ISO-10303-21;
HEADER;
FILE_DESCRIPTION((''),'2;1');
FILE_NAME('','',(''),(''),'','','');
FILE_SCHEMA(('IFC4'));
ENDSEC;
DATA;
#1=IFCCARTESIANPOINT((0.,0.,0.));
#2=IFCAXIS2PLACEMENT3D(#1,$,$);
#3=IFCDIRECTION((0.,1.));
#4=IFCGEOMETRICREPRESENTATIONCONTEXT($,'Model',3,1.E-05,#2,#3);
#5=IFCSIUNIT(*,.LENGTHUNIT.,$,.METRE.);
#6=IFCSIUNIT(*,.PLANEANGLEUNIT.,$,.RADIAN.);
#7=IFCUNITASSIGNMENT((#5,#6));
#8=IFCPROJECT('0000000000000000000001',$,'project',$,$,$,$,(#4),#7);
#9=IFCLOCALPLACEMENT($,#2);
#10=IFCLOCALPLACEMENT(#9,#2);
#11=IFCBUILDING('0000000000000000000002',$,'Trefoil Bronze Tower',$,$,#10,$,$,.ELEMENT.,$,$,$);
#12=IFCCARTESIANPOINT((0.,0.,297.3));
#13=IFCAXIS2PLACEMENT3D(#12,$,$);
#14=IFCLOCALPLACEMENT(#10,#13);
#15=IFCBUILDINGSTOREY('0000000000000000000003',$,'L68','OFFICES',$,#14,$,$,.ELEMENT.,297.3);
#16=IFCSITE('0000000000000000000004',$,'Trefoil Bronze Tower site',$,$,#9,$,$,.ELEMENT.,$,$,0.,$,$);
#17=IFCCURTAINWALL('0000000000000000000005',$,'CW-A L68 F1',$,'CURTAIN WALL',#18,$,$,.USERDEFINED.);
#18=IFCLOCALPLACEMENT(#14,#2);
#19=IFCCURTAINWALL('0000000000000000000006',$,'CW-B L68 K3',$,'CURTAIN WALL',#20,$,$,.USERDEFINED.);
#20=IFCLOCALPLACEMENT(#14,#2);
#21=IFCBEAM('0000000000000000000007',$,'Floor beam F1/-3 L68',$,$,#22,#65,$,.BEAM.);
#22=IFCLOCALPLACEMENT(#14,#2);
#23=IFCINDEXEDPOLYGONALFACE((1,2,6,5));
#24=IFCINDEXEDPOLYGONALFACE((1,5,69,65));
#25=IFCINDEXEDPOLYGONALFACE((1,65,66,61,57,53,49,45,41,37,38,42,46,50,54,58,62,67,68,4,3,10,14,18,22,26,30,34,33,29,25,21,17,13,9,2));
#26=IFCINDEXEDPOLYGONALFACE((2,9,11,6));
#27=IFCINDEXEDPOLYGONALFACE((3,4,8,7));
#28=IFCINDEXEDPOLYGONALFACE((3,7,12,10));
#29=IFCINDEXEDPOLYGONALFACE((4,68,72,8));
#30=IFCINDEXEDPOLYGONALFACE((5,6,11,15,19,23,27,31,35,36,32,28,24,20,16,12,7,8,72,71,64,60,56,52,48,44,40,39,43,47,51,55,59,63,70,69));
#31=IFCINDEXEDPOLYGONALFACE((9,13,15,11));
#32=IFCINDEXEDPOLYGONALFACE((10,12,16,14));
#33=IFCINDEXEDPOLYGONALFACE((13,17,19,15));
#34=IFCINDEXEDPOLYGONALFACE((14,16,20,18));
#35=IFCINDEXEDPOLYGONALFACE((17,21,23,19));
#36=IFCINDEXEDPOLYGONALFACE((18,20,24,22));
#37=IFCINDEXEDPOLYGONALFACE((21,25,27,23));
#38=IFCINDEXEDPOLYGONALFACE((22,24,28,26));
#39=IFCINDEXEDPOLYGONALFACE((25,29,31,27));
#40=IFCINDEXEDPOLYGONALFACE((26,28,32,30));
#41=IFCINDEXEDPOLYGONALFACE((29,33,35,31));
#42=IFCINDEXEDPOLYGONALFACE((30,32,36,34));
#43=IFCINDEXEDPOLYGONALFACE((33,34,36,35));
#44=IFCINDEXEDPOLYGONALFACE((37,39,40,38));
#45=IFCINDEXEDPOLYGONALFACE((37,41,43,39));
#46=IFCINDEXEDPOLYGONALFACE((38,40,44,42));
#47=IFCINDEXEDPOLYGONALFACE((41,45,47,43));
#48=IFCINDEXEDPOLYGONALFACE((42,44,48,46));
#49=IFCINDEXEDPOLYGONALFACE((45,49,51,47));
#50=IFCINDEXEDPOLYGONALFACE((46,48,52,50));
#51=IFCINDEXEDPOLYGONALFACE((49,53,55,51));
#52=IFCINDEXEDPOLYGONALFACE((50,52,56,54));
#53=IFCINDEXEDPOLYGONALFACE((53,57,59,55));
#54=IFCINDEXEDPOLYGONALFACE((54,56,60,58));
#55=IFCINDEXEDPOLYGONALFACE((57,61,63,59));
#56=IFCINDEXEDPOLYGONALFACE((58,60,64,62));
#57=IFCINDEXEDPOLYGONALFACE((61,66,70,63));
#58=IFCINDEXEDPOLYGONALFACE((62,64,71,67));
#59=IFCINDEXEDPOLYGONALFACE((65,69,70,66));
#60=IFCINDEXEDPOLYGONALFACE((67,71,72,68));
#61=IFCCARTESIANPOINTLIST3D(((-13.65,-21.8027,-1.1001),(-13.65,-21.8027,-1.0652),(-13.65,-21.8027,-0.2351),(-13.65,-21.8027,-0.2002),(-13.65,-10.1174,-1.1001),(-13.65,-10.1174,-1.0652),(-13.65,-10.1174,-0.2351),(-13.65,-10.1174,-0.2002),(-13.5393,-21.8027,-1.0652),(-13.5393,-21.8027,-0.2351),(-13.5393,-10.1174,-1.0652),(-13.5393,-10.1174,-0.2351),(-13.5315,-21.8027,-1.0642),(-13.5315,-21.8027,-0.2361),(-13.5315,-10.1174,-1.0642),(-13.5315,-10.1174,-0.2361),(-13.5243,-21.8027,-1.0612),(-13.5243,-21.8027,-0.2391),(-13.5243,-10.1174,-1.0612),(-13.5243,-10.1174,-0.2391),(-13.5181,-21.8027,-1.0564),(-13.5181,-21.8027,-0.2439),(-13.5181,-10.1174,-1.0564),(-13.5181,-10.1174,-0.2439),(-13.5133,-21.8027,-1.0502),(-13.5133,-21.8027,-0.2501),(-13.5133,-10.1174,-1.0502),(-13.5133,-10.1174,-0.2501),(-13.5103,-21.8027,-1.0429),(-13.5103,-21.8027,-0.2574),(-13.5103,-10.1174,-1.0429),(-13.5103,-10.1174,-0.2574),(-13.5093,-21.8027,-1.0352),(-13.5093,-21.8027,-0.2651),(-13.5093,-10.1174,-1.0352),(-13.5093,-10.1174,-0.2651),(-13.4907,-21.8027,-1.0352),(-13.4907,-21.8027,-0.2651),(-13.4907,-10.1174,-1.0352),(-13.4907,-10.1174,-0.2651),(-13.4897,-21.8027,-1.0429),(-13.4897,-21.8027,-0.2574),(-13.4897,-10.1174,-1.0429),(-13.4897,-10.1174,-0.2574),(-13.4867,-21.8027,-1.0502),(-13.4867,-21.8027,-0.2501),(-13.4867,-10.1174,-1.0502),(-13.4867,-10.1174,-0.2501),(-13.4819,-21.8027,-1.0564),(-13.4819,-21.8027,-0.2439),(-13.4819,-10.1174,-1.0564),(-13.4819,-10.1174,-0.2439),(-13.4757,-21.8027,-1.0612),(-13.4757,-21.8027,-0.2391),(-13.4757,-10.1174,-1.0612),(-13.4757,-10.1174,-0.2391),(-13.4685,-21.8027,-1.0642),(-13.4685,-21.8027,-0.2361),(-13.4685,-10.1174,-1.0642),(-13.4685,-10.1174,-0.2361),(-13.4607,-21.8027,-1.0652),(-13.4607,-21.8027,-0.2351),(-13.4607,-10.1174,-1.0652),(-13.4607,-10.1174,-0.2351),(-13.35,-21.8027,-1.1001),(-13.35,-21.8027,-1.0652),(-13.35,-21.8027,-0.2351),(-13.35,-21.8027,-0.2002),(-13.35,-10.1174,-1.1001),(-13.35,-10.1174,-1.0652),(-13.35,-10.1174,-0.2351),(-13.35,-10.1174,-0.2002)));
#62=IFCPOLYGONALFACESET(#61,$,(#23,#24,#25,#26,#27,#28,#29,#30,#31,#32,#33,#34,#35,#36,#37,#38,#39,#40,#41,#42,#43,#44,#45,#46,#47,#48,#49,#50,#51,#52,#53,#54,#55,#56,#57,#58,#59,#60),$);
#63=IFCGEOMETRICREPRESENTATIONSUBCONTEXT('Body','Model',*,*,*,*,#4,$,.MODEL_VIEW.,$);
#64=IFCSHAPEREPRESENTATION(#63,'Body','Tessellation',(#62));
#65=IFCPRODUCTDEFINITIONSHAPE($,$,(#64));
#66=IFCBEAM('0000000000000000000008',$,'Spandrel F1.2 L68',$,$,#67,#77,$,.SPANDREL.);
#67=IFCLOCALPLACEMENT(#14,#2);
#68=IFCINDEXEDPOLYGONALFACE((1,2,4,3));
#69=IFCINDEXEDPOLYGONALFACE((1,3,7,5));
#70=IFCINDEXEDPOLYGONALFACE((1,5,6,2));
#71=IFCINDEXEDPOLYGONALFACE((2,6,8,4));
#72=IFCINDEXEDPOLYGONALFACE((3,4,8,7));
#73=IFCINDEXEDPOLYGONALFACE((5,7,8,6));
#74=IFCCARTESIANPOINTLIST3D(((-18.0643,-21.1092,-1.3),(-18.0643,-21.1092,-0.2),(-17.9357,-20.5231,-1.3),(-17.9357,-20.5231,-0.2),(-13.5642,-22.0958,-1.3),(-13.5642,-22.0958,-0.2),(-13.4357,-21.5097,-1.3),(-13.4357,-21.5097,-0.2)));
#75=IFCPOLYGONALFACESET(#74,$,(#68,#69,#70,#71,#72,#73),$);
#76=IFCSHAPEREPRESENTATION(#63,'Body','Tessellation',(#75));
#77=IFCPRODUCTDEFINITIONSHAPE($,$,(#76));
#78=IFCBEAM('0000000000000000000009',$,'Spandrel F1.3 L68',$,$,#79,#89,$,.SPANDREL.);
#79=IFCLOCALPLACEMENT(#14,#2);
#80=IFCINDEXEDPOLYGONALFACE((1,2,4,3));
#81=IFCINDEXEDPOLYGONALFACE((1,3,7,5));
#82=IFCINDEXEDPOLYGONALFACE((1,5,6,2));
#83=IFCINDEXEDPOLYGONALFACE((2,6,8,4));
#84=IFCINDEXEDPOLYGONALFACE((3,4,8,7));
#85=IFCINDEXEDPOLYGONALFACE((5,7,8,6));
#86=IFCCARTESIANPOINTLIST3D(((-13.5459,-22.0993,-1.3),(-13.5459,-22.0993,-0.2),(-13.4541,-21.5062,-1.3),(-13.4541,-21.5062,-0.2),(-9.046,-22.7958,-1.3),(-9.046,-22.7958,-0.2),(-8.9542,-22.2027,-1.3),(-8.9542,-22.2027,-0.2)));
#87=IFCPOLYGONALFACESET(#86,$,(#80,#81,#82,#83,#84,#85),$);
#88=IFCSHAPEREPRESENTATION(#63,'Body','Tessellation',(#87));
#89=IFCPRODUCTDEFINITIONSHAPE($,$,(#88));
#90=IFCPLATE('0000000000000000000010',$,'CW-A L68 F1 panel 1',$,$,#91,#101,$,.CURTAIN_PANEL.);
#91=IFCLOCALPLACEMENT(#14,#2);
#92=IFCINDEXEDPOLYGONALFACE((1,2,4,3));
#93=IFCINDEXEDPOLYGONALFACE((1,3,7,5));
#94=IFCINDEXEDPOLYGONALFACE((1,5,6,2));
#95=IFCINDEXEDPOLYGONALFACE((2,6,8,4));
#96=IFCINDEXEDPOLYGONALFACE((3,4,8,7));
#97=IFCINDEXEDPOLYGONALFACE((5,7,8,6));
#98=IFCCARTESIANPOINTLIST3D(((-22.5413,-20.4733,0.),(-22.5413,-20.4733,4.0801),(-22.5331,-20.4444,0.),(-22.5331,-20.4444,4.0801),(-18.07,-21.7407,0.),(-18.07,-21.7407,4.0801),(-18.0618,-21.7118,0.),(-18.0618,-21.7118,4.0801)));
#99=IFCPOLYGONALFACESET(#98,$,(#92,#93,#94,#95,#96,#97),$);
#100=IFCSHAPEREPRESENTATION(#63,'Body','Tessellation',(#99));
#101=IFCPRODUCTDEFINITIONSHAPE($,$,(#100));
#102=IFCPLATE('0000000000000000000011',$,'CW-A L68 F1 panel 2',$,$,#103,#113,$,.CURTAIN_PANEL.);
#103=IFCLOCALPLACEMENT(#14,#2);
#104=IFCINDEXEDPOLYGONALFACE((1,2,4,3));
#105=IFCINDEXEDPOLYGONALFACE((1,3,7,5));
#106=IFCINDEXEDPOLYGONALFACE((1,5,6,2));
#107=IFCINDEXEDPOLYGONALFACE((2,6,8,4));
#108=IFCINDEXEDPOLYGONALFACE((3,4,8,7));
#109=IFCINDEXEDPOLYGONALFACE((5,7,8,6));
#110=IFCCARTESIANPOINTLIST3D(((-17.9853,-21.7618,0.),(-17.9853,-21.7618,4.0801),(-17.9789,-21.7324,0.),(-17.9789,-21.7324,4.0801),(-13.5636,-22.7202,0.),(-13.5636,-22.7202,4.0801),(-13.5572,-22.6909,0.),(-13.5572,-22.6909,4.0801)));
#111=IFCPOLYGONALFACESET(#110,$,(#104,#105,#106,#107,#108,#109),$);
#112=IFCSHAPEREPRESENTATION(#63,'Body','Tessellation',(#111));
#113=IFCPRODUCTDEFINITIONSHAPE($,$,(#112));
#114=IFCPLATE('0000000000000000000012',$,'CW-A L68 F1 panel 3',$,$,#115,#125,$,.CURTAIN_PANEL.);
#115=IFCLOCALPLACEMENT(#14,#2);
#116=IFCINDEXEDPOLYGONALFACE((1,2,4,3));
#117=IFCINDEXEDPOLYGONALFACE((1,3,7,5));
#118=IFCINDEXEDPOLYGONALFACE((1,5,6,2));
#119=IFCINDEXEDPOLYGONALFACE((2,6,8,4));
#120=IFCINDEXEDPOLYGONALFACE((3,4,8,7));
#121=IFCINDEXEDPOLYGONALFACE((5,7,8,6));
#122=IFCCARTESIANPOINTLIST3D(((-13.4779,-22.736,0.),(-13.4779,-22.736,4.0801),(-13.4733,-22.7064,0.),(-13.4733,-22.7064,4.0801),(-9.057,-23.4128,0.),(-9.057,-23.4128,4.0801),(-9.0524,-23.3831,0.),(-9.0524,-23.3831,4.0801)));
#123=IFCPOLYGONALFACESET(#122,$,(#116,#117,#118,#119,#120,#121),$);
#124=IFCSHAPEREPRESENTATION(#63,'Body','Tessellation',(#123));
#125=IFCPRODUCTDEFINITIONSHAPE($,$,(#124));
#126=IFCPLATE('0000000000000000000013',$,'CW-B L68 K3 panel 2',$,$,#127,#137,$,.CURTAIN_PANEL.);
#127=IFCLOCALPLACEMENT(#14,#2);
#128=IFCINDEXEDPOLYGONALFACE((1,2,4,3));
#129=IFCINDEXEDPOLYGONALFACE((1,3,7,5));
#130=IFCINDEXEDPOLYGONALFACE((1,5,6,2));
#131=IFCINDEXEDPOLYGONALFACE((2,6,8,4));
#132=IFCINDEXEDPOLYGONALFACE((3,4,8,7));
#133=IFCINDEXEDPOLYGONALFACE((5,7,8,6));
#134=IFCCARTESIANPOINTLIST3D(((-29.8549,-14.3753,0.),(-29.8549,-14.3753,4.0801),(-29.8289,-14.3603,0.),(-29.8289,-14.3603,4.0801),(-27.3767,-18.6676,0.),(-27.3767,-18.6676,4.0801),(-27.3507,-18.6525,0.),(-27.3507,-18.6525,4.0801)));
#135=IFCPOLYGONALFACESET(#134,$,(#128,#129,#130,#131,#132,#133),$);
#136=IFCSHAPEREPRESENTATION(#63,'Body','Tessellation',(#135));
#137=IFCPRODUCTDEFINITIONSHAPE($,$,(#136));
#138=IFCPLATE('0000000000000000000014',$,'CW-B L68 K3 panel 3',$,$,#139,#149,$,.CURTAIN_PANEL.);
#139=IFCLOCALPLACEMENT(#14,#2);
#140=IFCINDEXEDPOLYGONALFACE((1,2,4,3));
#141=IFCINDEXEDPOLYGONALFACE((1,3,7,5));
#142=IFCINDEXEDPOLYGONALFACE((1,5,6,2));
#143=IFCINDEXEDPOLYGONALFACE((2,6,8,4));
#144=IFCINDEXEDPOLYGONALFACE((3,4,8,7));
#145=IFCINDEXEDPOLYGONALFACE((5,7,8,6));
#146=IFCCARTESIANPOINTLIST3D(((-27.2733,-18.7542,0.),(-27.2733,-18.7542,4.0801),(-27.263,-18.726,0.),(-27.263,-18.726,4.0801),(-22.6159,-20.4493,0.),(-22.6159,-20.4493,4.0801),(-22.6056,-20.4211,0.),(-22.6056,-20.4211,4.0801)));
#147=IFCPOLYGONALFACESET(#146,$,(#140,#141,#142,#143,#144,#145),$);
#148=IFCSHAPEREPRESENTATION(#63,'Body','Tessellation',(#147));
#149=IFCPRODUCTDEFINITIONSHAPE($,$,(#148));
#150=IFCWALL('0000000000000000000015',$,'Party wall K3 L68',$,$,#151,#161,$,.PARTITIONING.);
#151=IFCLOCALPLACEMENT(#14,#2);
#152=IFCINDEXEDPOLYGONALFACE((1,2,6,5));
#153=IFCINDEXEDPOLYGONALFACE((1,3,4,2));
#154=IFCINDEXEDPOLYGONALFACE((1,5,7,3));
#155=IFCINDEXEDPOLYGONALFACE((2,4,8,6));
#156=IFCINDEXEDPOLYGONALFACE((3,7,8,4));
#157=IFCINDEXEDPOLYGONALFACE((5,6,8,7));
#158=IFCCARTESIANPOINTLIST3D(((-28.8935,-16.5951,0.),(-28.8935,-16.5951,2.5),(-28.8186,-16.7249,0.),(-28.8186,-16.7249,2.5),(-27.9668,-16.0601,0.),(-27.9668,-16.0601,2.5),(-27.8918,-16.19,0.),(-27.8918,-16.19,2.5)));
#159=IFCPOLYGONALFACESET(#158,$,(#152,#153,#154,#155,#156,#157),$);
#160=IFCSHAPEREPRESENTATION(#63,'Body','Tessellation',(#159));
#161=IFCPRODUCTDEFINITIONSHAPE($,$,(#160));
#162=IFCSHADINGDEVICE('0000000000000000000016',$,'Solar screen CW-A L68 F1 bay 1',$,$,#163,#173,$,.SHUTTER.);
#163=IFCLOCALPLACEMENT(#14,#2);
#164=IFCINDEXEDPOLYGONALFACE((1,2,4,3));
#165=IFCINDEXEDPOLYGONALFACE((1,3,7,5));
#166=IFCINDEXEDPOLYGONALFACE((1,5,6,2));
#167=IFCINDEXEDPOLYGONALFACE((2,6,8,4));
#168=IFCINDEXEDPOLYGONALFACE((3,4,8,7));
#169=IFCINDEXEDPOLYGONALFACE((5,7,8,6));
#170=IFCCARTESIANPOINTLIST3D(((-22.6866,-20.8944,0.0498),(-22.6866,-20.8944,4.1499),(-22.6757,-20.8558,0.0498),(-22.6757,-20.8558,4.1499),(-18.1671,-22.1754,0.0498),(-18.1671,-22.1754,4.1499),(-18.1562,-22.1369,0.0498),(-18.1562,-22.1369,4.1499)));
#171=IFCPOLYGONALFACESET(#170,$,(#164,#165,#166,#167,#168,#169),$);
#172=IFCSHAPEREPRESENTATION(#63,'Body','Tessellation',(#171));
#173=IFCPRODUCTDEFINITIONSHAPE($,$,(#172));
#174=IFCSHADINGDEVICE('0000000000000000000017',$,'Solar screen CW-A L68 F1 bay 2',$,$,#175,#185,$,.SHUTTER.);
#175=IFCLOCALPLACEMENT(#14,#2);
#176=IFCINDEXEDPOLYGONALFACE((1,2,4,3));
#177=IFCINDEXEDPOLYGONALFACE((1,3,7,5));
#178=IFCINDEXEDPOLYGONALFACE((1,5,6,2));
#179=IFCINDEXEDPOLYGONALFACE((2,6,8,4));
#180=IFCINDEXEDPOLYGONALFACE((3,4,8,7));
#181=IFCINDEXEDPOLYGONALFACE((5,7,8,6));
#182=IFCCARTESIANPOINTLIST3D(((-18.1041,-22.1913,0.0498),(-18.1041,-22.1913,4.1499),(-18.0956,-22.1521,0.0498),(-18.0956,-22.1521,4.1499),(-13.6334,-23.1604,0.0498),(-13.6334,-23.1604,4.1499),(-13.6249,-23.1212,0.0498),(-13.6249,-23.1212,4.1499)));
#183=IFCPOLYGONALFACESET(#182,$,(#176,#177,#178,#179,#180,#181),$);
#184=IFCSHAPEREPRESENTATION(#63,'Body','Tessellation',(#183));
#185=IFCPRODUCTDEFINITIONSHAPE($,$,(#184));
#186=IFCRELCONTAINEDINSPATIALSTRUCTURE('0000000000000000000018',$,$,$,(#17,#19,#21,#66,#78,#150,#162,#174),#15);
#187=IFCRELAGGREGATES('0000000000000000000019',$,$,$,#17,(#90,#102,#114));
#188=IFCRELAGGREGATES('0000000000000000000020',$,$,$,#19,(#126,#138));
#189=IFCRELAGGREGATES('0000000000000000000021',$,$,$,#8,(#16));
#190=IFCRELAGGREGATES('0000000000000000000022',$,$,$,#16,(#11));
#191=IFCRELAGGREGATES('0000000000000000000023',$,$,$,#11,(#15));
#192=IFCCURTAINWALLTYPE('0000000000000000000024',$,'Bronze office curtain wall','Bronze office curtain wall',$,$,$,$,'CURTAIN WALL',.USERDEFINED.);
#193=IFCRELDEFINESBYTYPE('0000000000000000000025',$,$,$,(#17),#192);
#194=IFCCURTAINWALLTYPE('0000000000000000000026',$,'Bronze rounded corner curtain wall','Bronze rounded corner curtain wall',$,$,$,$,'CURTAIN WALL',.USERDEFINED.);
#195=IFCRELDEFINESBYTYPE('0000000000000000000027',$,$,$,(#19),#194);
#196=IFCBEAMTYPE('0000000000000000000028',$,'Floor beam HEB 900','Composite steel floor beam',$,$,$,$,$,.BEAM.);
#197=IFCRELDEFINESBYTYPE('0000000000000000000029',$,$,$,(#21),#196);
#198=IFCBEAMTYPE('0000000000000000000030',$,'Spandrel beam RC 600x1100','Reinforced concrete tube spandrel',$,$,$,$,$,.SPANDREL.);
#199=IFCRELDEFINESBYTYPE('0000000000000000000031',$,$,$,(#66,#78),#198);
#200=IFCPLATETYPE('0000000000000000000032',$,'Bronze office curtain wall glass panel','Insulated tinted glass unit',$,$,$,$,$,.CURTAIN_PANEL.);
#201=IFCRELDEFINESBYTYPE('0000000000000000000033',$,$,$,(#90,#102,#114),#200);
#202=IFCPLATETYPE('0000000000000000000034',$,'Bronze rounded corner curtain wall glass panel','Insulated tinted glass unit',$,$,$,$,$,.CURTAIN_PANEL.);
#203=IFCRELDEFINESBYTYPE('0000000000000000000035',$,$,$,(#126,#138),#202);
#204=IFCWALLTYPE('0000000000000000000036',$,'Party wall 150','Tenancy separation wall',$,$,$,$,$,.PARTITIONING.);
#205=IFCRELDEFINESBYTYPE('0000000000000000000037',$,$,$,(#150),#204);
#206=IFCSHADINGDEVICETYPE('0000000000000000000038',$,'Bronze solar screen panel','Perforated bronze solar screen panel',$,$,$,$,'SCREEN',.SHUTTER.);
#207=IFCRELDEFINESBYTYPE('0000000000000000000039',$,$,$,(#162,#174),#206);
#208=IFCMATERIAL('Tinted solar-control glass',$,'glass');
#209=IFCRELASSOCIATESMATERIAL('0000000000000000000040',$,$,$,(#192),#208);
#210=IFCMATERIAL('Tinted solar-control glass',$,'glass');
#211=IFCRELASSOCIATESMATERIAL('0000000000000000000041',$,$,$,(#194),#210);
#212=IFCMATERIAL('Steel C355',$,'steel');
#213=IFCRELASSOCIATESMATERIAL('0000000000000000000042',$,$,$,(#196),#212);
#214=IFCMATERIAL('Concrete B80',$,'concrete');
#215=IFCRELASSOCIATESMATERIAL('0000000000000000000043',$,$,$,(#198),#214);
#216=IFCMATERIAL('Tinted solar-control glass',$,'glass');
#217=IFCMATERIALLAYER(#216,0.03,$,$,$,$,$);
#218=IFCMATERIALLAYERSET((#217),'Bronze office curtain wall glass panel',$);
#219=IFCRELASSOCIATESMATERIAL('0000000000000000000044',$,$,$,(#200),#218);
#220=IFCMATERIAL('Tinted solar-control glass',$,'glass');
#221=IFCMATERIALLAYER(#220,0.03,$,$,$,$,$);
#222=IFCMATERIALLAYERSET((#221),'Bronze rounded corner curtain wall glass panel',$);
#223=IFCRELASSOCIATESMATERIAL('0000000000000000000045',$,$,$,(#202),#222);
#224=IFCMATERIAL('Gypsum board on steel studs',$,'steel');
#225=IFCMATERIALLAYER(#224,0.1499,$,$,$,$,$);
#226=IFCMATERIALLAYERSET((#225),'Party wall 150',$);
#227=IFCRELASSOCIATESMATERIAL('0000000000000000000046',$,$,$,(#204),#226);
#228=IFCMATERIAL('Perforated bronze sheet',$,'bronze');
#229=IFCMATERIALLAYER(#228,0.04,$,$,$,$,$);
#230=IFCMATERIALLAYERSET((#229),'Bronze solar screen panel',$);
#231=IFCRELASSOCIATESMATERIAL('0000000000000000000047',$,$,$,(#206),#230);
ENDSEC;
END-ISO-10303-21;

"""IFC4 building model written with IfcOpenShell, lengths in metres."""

from ifc_helpers import new_model, si_unit, direction, frame, frame_2d, origin, origin_2d, place, context, subcontext, project, spatial, rectangle, i_section, extrude, material, layer, layer_set, material_profile, profile_set, type_object, element, aggregate, save


model = new_model("IFC4")

# Units and contexts
model_context = context("Model", 3, precision=1e-05, world=origin(), true_north=direction((0.0, 1.0)))
body_context = subcontext(model_context, "Body", "Model", "MODEL_VIEW")
ifc_project = project(units=[si_unit("LENGTHUNIT", "METRE"), si_unit("PLANEANGLEUNIT", "RADIAN")], contexts=[model_context])

# Site, building, storey
site_placement = place(None, origin())
site = spatial("IfcSite", under=ifc_project, at=site_placement, Name="Trefoil Bronze Tower site", CompositionType="ELEMENT", RefElevation=0.0)
building_placement = place(site_placement, origin())
building = spatial("IfcBuilding", under=site, at=building_placement, Name="Trefoil Bronze Tower", CompositionType="ELEMENT")
storey_placement = place(building_placement, frame((0.0, 0.0, 297.3)))
storey = spatial("IfcBuildingStorey", under=building, at=storey_placement, Name="L68", Description="OFFICES", CompositionType="ELEMENT", Elevation=297.3)

# Curtain walls
ifc_material_1 = material(Name="Tinted solar-control glass", Category="glass")
curtain_wall_type_1 = type_object("IfcCurtainWallType", Name="Bronze office curtain wall", Description="Bronze office curtain wall", ElementType="CURTAIN WALL", PredefinedType="USERDEFINED", material=ifc_material_1)
curtain_wall_1_placement = place(storey_placement, origin())
curtain_wall_1 = element("IfcCurtainWall", 1, at=curtain_wall_1_placement, inside=storey, type_object=curtain_wall_type_1, Name="CW-A L68 F1", ObjectType="CURTAIN WALL", PredefinedType="USERDEFINED")
ifc_material_2 = material(Name="Tinted solar-control glass", Category="glass")
curtain_wall_type_2 = type_object("IfcCurtainWallType", Name="Bronze rounded corner curtain wall", Description="Bronze rounded corner curtain wall", ElementType="CURTAIN WALL", PredefinedType="USERDEFINED", material=ifc_material_2)
curtain_wall_2_placement = place(storey_placement, origin())
curtain_wall_2 = element("IfcCurtainWall", 2, at=curtain_wall_2_placement, inside=storey, type_object=curtain_wall_type_2, Name="CW-B L68 K3", ObjectType="CURTAIN WALL", PredefinedType="USERDEFINED")

# Beams
ifc_material_3 = material(Name="Steel C355", Category="steel")
ifc_material_profile_1 = material_profile(ifc_material_3, i_section(OverallWidth=0.3, OverallDepth=0.8999, WebThickness=0.0186, FlangeThickness=0.0349, FilletRadius=0.03, at=origin_2d()), Name="HEB 900")
ifc_profile_set_1 = profile_set([ifc_material_profile_1], Name="Steel C355")
beam_type_1 = type_object("IfcBeamType", Name="Floor beam HEB 900", Description="Composite steel floor beam", PredefinedType="BEAM", material=ifc_profile_set_1)
beam_1_placement = place(storey_placement, frame((-13.5, -21.8027, -0.6501), z_axis=(0.0, 1.0, 0.0), x_axis=(-1.0, 0.0, 0.0)))
element("IfcBeam", 3, at=beam_1_placement, inside=storey, type_object=beam_type_1, Name="Floor beam F1/-3 L68", PredefinedType="BEAM", context=body_context, shape_type="SweptSolid", body=[
    extrude(i_section(OverallWidth=0.3, OverallDepth=0.8999, WebThickness=0.0186, FlangeThickness=0.0349, FilletRadius=0.03, at=origin_2d()), origin(), (0.0, 0.0, 1.0), 11.6853),
])
ifc_material_4 = material(Name="Concrete B80", Category="concrete")
ifc_material_profile_2 = material_profile(ifc_material_4, rectangle(XDim=0.6001, YDim=1.1001, at=origin_2d()), Name="RC 600x1100")
ifc_profile_set_2 = profile_set([ifc_material_profile_2], Name="Concrete B80")
beam_type_2 = type_object("IfcBeamType", Name="Spandrel beam RC 600x1100", Description="Reinforced concrete tube spandrel", PredefinedType="SPANDREL", material=ifc_profile_set_2)
beam_2_placement = place(storey_placement, frame((-18.0, -20.8162, -0.75), z_axis=(0.9768, -0.214152, 0.0), x_axis=(0.214152, 0.9768, 0.0)))
element("IfcBeam", 4, at=beam_2_placement, inside=storey, type_object=beam_type_2, Name="Spandrel F1.2 L68", PredefinedType="SPANDREL", context=body_context, shape_type="SweptSolid", body=[
    extrude(rectangle(XDim=0.6001, YDim=1.1001, at=origin_2d()), origin(), (0.0, 0.0, 1.0), 4.6069),
])
beam_3_placement = place(storey_placement, frame((-13.5, -21.8027, -0.75), z_axis=(0.988232, -0.152964, 0.0), x_axis=(0.152964, 0.988232, 0.0)))
element("IfcBeam", 5, at=beam_3_placement, inside=storey, type_object=beam_type_2, Name="Spandrel F1.3 L68", PredefinedType="SPANDREL", context=body_context, shape_type="SweptSolid", body=[
    extrude(rectangle(XDim=0.6001, YDim=1.1001, at=origin_2d()), origin(), (0.0, 0.0, 1.0), 4.5535),
])

# Plates
ifc_material_5 = material(Name="Tinted solar-control glass", Category="glass")
ifc_layer_1 = layer(ifc_material_5, 0.03)
ifc_layer_set_1 = layer_set([ifc_layer_1], Name="Bronze office curtain wall glass panel")
plate_type_1 = type_object("IfcPlateType", Name="Bronze office curtain wall glass panel", Description="Insulated tinted glass unit", PredefinedType="CURTAIN_PANEL", material=ifc_layer_set_1)
plate_1_placement = place(storey_placement, frame((-20.3015, -21.0925, 0.0), z_axis=(0.0, 0.0, 1.0), x_axis=(0.962098, -0.272705, 0.0)))
plate_1 = element("IfcPlate", 6, at=plate_1_placement, type_object=plate_type_1, Name="CW-A L68 F1 panel 1", PredefinedType="CURTAIN_PANEL", context=body_context, shape_type="SweptSolid", body=[
    extrude(rectangle(XDim=4.6475, YDim=0.03, at=origin_2d()), origin(), (0.0, 0.0, 1.0), 4.0801),
])
plate_2_placement = place(storey_placement, frame((-15.7712, -22.2263, 0.0), z_axis=(0.0, 0.0, 1.0), x_axis=(0.977303, -0.211846, 0.0)))
plate_2 = element("IfcPlate", 7, at=plate_2_placement, type_object=plate_type_1, Name="CW-A L68 F1 panel 2", PredefinedType="CURTAIN_PANEL", context=body_context, shape_type="SweptSolid", body=[
    extrude(rectangle(XDim=4.5244, YDim=0.03, at=origin_2d()), origin(), (0.0, 0.0, 1.0), 4.0801),
])
plate_3_placement = place(storey_placement, frame((-11.2651, -23.0596, 0.0), z_axis=(0.0, 0.0, 1.0), x_axis=(0.988485, -0.151317, 0.0)))
plate_3 = element("IfcPlate", 8, at=plate_3_placement, type_object=plate_type_1, Name="CW-A L68 F1 panel 3", PredefinedType="CURTAIN_PANEL", context=body_context, shape_type="SweptSolid", body=[
    extrude(rectangle(XDim=4.4724, YDim=0.03, at=origin_2d()), origin(), (0.0, 0.0, 1.0), 4.0801),
])
aggregate(curtain_wall_1, [plate_1, plate_2, plate_3])
ifc_material_6 = material(Name="Tinted solar-control glass", Category="glass")
ifc_layer_2 = layer(ifc_material_6, 0.03)
ifc_layer_set_2 = layer_set([ifc_layer_2], Name="Bronze rounded corner curtain wall glass panel")
plate_type_2 = type_object("IfcPlateType", Name="Bronze rounded corner curtain wall glass panel", Description="Insulated tinted glass unit", PredefinedType="CURTAIN_PANEL", material=ifc_layer_set_2)
plate_4_placement = place(storey_placement, frame((-28.6028, -16.5139, 0.0), z_axis=(0.0, 0.0, 1.0), x_axis=(0.5, -0.866025, 0.0)))
plate_4 = element("IfcPlate", 9, at=plate_4_placement, type_object=plate_type_2, Name="CW-B L68 K3 panel 2", PredefinedType="CURTAIN_PANEL", context=body_context, shape_type="SweptSolid", body=[
    extrude(rectangle(XDim=4.9563, YDim=0.03, at=origin_2d()), origin(), (0.0, 0.0, 1.0), 4.0801),
])
plate_5_placement = place(storey_placement, frame((-24.9395, -19.5876, 0.0), z_axis=(0.0, 0.0, 1.0), x_axis=(0.939693, -0.34202, 0.0)))
plate_5 = element("IfcPlate", 10, at=plate_5_placement, type_object=plate_type_2, Name="CW-B L68 K3 panel 3", PredefinedType="CURTAIN_PANEL", context=body_context, shape_type="SweptSolid", body=[
    extrude(rectangle(XDim=4.9563, YDim=0.03, at=origin_2d()), origin(), (0.0, 0.0, 1.0), 4.0801),
])
aggregate(curtain_wall_2, [plate_4, plate_5])

# Wall
ifc_material_7 = material(Name="Gypsum board on steel studs", Category="steel")
ifc_layer_3 = layer(ifc_material_7, 0.1499)
ifc_layer_set_3 = layer_set([ifc_layer_3], Name="Party wall 150")
wall_type = type_object("IfcWallType", Name="Party wall 150", Description="Tenancy separation wall", PredefinedType="PARTITIONING", material=ifc_layer_set_3)
wall_placement = place(storey_placement, frame((-27.9292, -16.125, 0.0), z_axis=(0.0, 0.0, 1.0), x_axis=(-0.866087, -0.499894, 0.0)))
element("IfcWall", 11, at=wall_placement, inside=storey, type_object=wall_type, Name="Party wall K3 L68", PredefinedType="PARTITIONING", context=body_context, shape_type="SweptSolid", body=[
    extrude(rectangle(XDim=1.0701, YDim=0.1499, at=frame_2d((0.5352, 0.0))), origin(), (0.0, 0.0, 1.0), 2.5),
])

# Shading devices
ifc_material_8 = material(Name="Perforated bronze sheet", Category="bronze")
ifc_layer_4 = layer(ifc_material_8, 0.04)
ifc_layer_set_4 = layer_set([ifc_layer_4], Name="Bronze solar screen panel")
shading_device_type = type_object("IfcShadingDeviceType", Name="Bronze solar screen panel", Description="Perforated bronze solar screen panel", ElementType="SCREEN", PredefinedType="SHUTTER", material=ifc_layer_set_4)
shading_device_1_placement = place(storey_placement, frame((-20.4214, -21.5156, 0.0498), z_axis=(0.0, 0.0, 1.0), x_axis=(0.962098, -0.272705, 0.0)))
element("IfcShadingDevice", 12, at=shading_device_1_placement, inside=storey, type_object=shading_device_type, Name="Solar screen CW-A L68 F1 bay 1", PredefinedType="SHUTTER", context=body_context, shape_type="SweptSolid", body=[
    extrude(rectangle(XDim=4.6975, YDim=0.04, at=origin_2d()), origin(), (0.0, 0.0, 1.0), 4.1001),
])
shading_device_2_placement = place(storey_placement, frame((-15.8645, -22.6562, 0.0498), z_axis=(0.0, 0.0, 1.0), x_axis=(0.977303, -0.211846, 0.0)))
element("IfcShadingDevice", 13, at=shading_device_2_placement, inside=storey, type_object=shading_device_type, Name="Solar screen CW-A L68 F1 bay 2", PredefinedType="SHUTTER", context=body_context, shape_type="SweptSolid", body=[
    extrude(rectangle(XDim=4.5745, YDim=0.04, at=origin_2d()), origin(), (0.0, 0.0, 1.0), 4.1001),
])

save(model, "model.ifc")
